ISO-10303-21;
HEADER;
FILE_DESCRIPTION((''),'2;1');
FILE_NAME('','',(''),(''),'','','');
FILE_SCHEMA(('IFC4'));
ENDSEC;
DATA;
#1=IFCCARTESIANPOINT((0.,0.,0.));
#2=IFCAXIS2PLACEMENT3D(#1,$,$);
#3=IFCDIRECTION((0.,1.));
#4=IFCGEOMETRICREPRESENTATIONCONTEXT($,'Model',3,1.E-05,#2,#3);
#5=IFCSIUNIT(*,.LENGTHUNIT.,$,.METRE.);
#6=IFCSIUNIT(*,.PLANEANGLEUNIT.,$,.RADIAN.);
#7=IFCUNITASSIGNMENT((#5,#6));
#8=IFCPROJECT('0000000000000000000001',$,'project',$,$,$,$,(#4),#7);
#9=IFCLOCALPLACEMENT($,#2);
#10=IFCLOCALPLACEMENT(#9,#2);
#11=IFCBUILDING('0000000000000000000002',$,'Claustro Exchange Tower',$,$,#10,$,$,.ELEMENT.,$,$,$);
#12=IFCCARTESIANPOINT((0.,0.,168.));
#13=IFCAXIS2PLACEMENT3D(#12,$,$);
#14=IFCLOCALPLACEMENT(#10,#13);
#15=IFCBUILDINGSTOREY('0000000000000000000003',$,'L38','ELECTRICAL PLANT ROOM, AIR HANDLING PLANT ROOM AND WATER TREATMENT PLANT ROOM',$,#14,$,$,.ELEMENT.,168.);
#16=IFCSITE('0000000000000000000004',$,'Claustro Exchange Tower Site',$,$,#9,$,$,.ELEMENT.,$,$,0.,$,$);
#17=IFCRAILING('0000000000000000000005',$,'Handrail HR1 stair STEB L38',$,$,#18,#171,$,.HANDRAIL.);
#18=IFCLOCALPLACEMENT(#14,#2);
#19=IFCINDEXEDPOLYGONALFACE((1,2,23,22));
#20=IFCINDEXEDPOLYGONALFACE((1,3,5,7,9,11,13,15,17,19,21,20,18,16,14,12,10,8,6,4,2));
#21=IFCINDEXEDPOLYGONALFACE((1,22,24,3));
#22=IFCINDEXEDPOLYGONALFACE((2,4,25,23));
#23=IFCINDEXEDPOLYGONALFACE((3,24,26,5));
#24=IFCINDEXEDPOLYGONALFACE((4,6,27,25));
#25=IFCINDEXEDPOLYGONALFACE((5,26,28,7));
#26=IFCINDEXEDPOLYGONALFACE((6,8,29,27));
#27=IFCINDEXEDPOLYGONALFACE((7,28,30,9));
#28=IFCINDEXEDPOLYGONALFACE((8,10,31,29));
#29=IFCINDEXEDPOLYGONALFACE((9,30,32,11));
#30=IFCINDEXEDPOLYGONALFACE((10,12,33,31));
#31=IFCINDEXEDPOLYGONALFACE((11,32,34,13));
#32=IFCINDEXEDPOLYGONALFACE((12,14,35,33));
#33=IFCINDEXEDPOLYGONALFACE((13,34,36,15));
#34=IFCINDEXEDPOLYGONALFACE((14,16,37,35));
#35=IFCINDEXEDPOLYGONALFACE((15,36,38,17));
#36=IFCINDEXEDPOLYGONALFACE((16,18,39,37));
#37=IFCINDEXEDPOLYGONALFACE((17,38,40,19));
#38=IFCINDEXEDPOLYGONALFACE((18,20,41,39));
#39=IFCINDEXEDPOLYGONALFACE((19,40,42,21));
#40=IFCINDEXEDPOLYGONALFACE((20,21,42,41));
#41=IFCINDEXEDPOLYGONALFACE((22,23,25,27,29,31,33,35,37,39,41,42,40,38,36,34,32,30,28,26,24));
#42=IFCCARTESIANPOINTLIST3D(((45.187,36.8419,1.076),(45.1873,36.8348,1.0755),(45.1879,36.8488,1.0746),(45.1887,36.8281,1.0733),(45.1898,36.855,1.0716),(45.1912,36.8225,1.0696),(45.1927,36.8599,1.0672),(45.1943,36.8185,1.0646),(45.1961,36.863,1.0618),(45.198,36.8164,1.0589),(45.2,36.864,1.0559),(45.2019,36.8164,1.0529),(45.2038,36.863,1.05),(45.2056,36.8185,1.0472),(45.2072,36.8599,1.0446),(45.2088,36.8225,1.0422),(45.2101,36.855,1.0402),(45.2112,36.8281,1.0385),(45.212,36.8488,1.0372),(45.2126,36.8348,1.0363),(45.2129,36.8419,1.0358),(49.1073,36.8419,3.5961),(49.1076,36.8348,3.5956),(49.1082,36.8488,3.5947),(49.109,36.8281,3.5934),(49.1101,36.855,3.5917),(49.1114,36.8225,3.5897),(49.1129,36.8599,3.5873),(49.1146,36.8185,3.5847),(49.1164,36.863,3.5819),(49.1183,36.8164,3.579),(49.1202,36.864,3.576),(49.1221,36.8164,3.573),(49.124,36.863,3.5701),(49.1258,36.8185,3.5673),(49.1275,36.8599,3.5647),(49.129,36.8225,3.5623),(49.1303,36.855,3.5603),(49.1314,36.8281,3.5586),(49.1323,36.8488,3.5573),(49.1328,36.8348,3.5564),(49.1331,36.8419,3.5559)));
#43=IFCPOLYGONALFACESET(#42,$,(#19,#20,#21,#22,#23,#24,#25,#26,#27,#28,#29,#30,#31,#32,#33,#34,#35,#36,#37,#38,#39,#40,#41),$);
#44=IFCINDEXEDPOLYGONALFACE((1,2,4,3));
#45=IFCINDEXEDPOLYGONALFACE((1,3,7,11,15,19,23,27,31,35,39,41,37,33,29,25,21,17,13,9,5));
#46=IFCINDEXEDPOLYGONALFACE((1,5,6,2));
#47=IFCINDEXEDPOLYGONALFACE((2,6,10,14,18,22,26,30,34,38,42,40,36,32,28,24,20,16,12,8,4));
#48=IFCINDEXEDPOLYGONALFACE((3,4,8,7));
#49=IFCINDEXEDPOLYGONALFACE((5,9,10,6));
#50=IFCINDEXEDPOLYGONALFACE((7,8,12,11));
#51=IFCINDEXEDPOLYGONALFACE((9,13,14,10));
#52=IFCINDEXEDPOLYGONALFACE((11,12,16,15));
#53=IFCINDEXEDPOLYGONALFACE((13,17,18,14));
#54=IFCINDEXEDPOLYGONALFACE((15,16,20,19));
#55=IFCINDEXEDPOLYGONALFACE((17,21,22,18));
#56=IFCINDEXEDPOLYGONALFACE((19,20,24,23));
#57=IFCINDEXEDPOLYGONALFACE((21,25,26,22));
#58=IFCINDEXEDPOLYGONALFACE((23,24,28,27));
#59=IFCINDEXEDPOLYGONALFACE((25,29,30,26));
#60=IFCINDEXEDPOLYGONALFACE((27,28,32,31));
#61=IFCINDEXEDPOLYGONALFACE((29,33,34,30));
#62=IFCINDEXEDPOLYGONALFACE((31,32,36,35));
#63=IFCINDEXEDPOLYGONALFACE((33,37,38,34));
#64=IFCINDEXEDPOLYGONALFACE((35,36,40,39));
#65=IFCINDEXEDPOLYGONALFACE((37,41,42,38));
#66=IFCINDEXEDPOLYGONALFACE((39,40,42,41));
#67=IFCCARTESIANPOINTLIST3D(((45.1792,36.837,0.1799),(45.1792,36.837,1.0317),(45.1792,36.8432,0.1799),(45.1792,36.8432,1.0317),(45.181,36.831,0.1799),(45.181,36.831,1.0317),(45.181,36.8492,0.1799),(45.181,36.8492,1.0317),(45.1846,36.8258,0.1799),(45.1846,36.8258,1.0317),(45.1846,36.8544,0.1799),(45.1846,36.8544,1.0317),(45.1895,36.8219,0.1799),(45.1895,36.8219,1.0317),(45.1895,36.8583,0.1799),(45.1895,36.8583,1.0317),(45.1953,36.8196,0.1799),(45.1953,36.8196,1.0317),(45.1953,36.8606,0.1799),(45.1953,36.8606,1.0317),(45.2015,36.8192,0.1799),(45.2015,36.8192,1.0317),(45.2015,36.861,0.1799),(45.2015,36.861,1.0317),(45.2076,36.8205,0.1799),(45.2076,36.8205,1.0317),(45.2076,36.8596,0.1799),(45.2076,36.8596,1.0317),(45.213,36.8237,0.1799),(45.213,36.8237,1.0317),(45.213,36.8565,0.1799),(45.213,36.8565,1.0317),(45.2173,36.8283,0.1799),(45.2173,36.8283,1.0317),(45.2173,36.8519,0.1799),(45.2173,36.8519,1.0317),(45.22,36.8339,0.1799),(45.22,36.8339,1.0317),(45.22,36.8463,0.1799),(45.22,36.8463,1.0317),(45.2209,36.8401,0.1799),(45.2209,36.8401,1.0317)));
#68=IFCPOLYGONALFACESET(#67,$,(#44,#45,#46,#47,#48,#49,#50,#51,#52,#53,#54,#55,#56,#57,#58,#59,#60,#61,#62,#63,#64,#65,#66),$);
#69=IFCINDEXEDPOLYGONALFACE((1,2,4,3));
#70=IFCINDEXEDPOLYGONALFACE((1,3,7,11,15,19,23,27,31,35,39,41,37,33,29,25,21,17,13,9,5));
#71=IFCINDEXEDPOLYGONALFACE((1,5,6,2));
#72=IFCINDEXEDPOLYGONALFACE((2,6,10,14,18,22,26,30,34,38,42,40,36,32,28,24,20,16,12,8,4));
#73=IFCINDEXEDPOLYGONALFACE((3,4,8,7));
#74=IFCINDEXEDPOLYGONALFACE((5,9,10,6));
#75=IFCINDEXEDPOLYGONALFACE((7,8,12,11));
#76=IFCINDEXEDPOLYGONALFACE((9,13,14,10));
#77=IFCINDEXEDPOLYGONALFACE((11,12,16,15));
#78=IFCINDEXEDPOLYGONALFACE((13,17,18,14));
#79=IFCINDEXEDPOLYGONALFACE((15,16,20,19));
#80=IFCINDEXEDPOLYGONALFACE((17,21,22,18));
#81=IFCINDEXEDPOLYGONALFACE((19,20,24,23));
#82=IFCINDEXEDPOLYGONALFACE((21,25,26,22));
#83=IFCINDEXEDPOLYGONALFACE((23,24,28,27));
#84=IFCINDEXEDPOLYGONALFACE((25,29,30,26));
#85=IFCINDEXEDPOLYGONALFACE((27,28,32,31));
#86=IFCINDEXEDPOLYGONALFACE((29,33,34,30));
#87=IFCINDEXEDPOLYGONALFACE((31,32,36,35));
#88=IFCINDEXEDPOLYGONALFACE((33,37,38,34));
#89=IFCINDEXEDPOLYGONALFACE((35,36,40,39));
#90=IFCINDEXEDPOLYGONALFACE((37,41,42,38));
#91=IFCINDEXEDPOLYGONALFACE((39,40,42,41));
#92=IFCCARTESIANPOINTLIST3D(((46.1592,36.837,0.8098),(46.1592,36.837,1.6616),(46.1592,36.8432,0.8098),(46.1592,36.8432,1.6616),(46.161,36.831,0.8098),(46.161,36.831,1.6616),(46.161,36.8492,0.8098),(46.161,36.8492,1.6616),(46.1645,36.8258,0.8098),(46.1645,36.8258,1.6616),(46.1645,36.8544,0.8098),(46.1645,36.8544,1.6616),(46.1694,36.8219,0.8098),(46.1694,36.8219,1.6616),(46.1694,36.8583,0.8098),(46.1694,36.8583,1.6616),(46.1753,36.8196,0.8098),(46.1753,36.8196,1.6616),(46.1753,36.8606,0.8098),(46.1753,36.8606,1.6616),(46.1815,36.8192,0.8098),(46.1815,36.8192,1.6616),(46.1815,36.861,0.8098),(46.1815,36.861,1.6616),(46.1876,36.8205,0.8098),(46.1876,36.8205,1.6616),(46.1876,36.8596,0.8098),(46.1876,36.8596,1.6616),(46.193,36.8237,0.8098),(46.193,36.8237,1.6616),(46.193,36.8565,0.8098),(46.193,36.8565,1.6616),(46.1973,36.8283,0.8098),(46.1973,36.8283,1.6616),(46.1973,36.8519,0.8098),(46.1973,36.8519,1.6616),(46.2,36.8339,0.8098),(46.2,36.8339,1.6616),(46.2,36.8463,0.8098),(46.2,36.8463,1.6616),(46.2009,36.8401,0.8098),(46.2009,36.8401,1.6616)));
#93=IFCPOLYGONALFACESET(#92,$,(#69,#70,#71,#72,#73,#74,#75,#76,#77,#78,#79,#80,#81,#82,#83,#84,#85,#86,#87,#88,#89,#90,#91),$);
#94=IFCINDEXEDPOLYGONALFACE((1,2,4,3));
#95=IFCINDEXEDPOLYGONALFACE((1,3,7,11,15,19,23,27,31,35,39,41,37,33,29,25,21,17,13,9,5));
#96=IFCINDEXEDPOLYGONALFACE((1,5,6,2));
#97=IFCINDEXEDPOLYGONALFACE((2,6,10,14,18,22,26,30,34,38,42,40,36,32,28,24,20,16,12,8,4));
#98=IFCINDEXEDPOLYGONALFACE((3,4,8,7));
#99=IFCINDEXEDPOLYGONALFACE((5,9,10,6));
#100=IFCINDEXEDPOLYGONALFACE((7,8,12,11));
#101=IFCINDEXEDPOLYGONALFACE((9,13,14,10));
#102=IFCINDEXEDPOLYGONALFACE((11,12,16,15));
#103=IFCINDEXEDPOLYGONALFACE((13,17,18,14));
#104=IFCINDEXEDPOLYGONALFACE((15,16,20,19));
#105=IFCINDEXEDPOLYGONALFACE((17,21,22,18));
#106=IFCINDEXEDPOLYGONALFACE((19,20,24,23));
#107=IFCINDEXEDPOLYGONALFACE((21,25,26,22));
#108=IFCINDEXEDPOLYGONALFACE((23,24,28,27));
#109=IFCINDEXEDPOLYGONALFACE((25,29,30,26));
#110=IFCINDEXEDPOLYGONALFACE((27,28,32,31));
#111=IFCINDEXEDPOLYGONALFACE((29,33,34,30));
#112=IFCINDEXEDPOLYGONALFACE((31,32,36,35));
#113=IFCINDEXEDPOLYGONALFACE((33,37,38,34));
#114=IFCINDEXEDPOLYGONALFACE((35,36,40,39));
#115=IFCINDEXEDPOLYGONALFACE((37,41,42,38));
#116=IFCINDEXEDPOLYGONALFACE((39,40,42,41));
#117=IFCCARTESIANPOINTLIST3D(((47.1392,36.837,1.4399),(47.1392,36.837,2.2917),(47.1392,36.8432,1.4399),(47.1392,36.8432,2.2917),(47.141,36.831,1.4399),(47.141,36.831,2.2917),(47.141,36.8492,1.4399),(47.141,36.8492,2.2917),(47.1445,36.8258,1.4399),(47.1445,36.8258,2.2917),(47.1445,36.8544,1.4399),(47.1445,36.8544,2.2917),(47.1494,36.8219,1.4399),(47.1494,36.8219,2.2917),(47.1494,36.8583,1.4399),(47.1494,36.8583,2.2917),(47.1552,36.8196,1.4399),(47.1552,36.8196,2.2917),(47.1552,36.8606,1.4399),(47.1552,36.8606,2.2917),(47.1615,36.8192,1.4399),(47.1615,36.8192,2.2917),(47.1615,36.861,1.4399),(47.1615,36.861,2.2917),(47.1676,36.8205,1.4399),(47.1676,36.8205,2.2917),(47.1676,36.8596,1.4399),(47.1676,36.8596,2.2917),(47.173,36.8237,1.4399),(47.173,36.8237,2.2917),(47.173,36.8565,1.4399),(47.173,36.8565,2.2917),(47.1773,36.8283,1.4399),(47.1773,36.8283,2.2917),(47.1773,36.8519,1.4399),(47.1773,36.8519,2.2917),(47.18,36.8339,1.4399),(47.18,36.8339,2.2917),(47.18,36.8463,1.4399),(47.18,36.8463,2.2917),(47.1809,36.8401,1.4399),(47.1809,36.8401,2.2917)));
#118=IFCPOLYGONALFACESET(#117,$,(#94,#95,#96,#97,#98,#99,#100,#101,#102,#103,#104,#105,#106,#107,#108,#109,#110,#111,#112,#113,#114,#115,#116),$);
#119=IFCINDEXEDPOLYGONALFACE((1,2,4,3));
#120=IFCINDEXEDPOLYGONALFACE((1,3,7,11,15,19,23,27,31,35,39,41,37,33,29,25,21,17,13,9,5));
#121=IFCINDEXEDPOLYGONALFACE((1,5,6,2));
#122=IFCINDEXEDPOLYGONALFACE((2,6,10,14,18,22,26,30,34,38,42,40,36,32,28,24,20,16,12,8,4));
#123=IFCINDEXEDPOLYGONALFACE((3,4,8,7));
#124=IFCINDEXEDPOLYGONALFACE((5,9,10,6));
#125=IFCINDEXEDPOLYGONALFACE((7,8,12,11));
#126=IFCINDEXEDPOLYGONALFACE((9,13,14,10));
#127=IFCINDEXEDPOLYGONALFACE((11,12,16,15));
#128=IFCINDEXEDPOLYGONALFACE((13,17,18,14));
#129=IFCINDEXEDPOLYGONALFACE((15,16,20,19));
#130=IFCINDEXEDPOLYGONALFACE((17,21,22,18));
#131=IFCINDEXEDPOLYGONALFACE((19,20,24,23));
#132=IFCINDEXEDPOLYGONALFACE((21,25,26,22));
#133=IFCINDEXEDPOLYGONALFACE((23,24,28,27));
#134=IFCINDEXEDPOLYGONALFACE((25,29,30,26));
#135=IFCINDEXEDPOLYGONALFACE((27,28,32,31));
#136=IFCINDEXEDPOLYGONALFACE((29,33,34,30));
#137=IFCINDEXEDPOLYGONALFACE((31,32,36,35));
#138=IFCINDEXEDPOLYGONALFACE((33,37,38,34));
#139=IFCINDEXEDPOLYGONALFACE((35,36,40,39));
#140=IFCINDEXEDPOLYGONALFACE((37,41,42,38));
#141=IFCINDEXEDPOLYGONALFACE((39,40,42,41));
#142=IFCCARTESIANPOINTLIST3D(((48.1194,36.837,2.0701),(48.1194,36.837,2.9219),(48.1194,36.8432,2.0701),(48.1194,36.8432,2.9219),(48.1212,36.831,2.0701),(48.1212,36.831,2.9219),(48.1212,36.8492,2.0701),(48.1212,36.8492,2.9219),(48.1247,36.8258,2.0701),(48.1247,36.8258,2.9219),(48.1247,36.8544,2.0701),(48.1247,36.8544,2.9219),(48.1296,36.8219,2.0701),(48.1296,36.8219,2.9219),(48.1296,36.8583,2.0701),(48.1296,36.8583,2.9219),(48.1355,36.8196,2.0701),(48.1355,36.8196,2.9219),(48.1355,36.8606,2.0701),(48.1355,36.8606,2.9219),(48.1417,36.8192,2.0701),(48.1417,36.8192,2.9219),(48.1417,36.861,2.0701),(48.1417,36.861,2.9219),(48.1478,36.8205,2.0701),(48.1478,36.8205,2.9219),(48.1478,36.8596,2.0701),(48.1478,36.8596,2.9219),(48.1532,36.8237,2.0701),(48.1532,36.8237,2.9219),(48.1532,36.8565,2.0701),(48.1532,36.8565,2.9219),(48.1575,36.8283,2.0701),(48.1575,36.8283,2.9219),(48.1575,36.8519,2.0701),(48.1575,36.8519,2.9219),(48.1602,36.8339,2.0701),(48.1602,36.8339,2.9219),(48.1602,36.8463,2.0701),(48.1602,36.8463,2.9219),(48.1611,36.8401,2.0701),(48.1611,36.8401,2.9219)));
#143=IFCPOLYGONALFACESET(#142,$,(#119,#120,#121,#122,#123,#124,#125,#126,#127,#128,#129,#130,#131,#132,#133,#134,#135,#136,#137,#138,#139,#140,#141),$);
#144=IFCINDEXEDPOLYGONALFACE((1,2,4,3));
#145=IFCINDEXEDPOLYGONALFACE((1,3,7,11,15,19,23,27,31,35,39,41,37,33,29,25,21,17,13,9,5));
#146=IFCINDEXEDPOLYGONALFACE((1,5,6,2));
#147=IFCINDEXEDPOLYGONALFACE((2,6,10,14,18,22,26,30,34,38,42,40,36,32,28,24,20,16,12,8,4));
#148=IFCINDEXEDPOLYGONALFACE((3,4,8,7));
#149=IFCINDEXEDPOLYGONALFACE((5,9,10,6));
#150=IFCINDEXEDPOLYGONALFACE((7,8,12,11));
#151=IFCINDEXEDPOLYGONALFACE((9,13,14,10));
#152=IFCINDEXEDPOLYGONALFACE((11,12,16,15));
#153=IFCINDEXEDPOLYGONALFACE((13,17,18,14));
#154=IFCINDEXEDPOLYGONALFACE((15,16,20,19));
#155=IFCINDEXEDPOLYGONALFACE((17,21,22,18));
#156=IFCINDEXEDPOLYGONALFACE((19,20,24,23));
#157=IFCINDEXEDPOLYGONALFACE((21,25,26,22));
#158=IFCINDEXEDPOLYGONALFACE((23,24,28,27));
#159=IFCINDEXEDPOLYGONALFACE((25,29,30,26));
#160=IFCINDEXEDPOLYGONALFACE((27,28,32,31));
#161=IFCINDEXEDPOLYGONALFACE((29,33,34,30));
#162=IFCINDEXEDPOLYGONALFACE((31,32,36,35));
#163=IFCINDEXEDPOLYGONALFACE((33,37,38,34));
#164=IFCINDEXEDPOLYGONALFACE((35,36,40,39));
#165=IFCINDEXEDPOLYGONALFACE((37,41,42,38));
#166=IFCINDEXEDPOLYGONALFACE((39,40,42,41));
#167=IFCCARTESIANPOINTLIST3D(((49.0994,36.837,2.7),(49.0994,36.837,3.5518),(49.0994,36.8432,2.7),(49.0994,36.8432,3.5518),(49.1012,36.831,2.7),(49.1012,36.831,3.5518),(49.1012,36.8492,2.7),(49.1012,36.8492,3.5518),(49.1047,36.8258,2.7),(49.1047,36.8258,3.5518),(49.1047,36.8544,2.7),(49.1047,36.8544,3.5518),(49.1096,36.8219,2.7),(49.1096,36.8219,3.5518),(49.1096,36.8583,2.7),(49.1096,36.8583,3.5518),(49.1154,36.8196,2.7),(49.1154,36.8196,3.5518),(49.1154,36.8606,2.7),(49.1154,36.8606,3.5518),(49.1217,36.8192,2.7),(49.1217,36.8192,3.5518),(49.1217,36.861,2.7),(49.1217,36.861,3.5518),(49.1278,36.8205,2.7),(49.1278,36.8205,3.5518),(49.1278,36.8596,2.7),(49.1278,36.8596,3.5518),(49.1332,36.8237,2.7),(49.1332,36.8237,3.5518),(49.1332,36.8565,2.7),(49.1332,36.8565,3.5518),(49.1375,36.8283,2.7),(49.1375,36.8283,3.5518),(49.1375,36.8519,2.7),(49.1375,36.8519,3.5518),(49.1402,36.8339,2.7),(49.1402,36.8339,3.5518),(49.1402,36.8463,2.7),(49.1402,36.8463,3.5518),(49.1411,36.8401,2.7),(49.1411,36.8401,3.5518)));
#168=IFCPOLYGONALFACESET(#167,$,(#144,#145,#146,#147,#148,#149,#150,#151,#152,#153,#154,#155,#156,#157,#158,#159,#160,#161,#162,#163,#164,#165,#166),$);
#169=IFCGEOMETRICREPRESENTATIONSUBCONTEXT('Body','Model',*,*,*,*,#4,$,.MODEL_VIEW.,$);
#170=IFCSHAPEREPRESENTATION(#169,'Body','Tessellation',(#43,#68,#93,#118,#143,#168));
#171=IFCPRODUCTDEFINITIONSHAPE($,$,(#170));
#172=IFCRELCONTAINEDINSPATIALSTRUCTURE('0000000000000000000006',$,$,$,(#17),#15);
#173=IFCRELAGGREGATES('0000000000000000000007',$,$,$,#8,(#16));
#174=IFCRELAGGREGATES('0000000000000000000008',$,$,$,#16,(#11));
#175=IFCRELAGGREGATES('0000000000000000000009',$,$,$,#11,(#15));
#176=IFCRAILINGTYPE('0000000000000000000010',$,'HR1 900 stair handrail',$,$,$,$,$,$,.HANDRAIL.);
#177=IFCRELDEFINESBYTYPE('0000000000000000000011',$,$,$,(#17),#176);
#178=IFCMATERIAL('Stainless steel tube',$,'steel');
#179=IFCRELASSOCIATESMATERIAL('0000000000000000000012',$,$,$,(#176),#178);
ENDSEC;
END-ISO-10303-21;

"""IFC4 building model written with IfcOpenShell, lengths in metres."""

from ifc_helpers import new_model, si_unit, direction, frame, origin, origin_2d, place, context, subcontext, project, spatial, circle, extrude, material, type_object, element, save


model = new_model("IFC4")

# Units and contexts
model_context = context("Model", 3, precision=1e-05, world=origin(), true_north=direction((0.0, 1.0)))
body_context = subcontext(model_context, "Body", "Model", "MODEL_VIEW")
ifc_project = project(units=[si_unit("LENGTHUNIT", "METRE"), si_unit("PLANEANGLEUNIT", "RADIAN")], contexts=[model_context])

# Site, building, storey
site_placement = place(None, origin())
site = spatial("IfcSite", under=ifc_project, at=site_placement, Name="Claustro Exchange Tower Site", CompositionType="ELEMENT", RefElevation=0.0)
building_placement = place(site_placement, origin())
building = spatial("IfcBuilding", under=site, at=building_placement, Name="Claustro Exchange Tower", CompositionType="ELEMENT")
storey_placement = place(building_placement, frame((0.0, 0.0, 168.0)))
storey = spatial("IfcBuildingStorey", under=building, at=storey_placement, Name="L38", Description="ELECTRICAL PLANT ROOM, AIR HANDLING PLANT ROOM AND WATER TREATMENT PLANT ROOM", CompositionType="ELEMENT", Elevation=168.0)

# Railing
ifc_material_1 = material(Name="Stainless steel tube", Category="steel")
railing_type_1 = type_object("IfcRailingType", Name="HR1 900 stair handrail", PredefinedType="HANDRAIL", material=ifc_material_1)
railing_1_placement = place(storey_placement, frame((45.2, 36.8401, 0.1799)))
element("IfcRailing", 1, at=railing_1_placement, inside=storey, type_object=railing_type_1, Name="Handrail HR1 stair STEB L38", PredefinedType="HANDRAIL", context=body_context, shape_type="SweptSolid", body=[
    extrude(circle(Radius=0.0239, at=origin_2d()), frame((0.0, 0.0, 0.876), z_axis=(0.841187, 0.0, 0.540744), x_axis=(0.0, 1.0, 0.0)), (0.0, 0.0, 1.0), 4.6604),
    extrude(circle(Radius=0.021, at=origin_2d()), origin(), (0.0, 0.0, 1.0), 0.8518),
    extrude(circle(Radius=0.021, at=origin_2d()), frame((0.98, 0.0, 0.6299)), (0.0, 0.0, 1.0), 0.8518),
    extrude(circle(Radius=0.021, at=origin_2d()), frame((1.96, 0.0, 1.26)), (0.0, 0.0, 1.0), 0.8518),
    extrude(circle(Radius=0.021, at=origin_2d()), frame((2.9402, 0.0, 1.8901)), (0.0, 0.0, 1.0), 0.8518),
    extrude(circle(Radius=0.021, at=origin_2d()), frame((3.9202, 0.0, 2.52)), (0.0, 0.0, 1.0), 0.8518),
])

save(model, "model.ifc")
